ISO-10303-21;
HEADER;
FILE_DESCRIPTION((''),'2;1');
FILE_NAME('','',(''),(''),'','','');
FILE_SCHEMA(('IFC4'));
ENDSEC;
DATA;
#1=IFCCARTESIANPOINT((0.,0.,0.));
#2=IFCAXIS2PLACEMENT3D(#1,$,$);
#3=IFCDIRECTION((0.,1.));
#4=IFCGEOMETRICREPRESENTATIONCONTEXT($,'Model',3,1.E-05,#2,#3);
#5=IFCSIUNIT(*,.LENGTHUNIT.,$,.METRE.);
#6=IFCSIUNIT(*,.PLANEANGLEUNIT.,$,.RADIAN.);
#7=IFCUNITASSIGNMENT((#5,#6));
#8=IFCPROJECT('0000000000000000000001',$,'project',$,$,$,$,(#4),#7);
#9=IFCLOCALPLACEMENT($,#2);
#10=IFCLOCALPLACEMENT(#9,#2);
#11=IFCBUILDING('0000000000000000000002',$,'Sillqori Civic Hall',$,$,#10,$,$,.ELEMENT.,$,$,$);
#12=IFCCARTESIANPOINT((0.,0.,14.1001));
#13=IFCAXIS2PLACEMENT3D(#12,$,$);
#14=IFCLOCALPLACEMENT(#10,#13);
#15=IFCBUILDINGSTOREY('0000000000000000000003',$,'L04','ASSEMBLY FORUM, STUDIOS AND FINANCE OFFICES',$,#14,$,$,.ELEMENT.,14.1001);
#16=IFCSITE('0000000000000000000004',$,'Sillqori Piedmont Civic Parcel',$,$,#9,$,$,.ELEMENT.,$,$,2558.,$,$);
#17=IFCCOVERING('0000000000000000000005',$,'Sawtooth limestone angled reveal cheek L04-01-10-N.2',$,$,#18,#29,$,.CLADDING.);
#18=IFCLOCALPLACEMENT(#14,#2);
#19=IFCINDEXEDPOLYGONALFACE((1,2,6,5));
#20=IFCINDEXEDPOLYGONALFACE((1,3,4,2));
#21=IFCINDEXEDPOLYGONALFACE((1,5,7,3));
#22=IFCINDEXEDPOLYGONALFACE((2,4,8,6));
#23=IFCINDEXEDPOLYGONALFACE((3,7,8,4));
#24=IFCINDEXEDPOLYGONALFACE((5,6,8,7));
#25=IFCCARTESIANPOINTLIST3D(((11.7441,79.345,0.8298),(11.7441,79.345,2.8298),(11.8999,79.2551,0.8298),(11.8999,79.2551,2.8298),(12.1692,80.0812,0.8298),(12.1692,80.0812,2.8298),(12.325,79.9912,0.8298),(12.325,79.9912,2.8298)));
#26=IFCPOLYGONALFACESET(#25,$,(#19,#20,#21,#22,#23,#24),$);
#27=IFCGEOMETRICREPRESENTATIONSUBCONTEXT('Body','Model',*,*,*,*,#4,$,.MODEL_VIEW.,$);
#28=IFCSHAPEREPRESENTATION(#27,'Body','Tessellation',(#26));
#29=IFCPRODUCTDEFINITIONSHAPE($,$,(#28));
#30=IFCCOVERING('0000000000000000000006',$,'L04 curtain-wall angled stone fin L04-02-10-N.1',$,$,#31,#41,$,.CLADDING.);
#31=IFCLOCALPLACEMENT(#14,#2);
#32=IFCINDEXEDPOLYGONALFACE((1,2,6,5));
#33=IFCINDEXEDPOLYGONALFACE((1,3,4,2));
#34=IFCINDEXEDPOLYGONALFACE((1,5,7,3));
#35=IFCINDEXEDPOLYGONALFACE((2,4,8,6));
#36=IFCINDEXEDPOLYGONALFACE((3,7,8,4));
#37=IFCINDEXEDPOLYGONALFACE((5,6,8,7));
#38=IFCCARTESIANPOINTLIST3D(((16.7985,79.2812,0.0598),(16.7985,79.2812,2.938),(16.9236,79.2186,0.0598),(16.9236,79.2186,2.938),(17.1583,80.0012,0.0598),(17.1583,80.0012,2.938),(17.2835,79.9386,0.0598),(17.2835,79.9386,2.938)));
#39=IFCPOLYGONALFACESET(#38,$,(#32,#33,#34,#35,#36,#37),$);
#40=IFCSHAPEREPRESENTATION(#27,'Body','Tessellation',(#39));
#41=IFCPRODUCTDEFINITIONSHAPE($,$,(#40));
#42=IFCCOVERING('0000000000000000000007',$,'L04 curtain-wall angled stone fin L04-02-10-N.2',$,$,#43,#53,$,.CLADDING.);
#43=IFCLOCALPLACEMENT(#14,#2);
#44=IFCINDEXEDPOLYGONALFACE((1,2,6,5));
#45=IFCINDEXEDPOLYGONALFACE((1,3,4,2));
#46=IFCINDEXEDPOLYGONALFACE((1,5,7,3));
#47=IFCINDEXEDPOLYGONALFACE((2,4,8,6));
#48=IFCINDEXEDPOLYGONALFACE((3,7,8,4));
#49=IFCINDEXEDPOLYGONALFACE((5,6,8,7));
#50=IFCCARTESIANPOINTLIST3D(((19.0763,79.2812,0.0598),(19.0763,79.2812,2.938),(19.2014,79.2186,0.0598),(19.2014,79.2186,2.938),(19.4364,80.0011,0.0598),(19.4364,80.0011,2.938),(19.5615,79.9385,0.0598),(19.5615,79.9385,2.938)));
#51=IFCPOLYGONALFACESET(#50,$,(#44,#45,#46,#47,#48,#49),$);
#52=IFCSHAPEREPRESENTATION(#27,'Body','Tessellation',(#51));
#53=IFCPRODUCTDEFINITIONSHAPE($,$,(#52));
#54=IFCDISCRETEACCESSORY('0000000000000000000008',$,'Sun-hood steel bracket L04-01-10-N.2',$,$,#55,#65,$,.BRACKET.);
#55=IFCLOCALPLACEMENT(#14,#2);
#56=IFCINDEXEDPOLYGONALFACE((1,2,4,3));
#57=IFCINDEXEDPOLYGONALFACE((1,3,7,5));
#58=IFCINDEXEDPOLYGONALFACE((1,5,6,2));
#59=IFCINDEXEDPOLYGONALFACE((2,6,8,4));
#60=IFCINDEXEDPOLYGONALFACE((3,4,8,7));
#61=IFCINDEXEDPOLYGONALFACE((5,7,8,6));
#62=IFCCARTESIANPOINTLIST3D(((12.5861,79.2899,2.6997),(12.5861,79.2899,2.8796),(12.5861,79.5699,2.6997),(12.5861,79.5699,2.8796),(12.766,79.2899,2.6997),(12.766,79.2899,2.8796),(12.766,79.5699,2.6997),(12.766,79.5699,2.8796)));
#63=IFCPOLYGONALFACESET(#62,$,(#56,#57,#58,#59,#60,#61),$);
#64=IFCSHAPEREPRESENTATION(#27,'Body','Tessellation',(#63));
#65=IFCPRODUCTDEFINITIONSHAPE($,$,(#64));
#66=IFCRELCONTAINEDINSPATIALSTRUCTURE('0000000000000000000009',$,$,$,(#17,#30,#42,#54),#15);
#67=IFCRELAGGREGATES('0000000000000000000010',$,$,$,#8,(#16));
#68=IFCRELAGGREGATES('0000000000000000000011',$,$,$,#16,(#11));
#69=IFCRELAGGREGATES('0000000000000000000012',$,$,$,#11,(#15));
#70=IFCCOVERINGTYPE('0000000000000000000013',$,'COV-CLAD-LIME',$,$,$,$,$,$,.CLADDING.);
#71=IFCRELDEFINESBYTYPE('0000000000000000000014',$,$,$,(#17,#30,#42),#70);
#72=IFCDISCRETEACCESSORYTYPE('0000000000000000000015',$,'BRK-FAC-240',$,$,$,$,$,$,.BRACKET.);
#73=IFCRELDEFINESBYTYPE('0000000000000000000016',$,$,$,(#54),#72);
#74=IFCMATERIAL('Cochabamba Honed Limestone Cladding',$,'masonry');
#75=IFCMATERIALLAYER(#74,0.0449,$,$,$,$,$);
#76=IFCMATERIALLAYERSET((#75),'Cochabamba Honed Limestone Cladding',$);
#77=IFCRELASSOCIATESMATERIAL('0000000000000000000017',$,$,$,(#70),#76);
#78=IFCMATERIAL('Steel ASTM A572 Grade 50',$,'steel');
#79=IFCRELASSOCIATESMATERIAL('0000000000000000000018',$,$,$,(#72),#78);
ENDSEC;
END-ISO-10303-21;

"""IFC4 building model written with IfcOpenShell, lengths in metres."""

from ifc_helpers import new_model, si_unit, direction, frame, frame_2d, origin, origin_2d, place, context, subcontext, project, spatial, rectangle, extrude, material, layer, layer_set, type_object, element, save


model = new_model("IFC4")

# Units and contexts
model_context = context("Model", 3, precision=1e-05, world=origin(), true_north=direction((0.0, 1.0)))
body_context = subcontext(model_context, "Body", "Model", "MODEL_VIEW")
ifc_project = project(units=[si_unit("LENGTHUNIT", "METRE"), si_unit("PLANEANGLEUNIT", "RADIAN")], contexts=[model_context])

# Site, building, storey
site_placement = place(None, origin())
site = spatial("IfcSite", under=ifc_project, at=site_placement, Name="Sillqori Piedmont Civic Parcel", CompositionType="ELEMENT", RefElevation=2558.0)
building_placement = place(site_placement, origin())
building = spatial("IfcBuilding", under=site, at=building_placement, Name="Sillqori Civic Hall", CompositionType="ELEMENT")
storey_placement = place(building_placement, frame((0.0, 0.0, 14.1001)))
storey = spatial("IfcBuildingStorey", under=building, at=storey_placement, Name="L04", Description="ASSEMBLY FORUM, STUDIOS AND FINANCE OFFICES", CompositionType="ELEMENT", Elevation=14.1001)

# Coverings
ifc_material_1 = material(Name="Cochabamba Honed Limestone Cladding", Category="masonry")
ifc_layer_1 = layer(ifc_material_1, 0.0449)
ifc_layer_set_1 = layer_set([ifc_layer_1], Name="Cochabamba Honed Limestone Cladding")
covering_type = type_object("IfcCoveringType", Name="COV-CLAD-LIME", PredefinedType="CLADDING", material=ifc_layer_set_1)
covering_placement = place(storey_placement, frame((11.822, 79.3, 0.8298), z_axis=(0.0, 0.0, 1.0), x_axis=(0.500062, 0.865989, 0.0)))
element("IfcCovering", 1, at=covering_placement, inside=storey, type_object=covering_type, Name="Sawtooth limestone angled reveal cheek L04-01-10-N.2", PredefinedType="CLADDING", context=body_context, shape_type="SweptSolid", body=[
    extrude(rectangle(XDim=0.8501, YDim=0.1799, at=frame_2d((0.425, 0.0))), origin(), (0.0, 0.0, 1.0), 2.0),
])
for number, where, z_axis, x_axis, name in (
    (2, (16.8611, 79.25, 0.0598), (0.0, 0.0, 1.0), (0.447092, 0.894488, 0.0), "L04 curtain-wall angled stone fin L04-02-10-N.1"),
    (3, (19.1389, 79.25, 0.0598), (0.0, 0.0, 1.0), (0.447335, 0.894367, 0.0), "L04 curtain-wall angled stone fin L04-02-10-N.2"),
):
    element("IfcCovering", number, at=place(storey_placement, frame(where, z_axis=z_axis, x_axis=x_axis)), inside=storey, type_object=covering_type, Name=name, PredefinedType="CLADDING", context=body_context, shape_type="SweptSolid", body=[
        extrude(rectangle(XDim=0.8049, YDim=0.1399, at=frame_2d((0.4023, 0.0))), origin(), (0.0, 0.0, 1.0), 2.8782),
    ])

# Discrete accessory
ifc_material_2 = material(Name="Steel ASTM A572 Grade 50", Category="steel")
discrete_accessory_type = type_object("IfcDiscreteAccessoryType", Name="BRK-FAC-240", PredefinedType="BRACKET", material=ifc_material_2)
discrete_accessory_placement = place(storey_placement, frame((12.676, 79.4299, 2.6997), z_axis=(0.0, 0.0, 1.0), x_axis=(1.0, 0.0, 0.0)))
element("IfcDiscreteAccessory", 4, at=discrete_accessory_placement, inside=storey, type_object=discrete_accessory_type, Name="Sun-hood steel bracket L04-01-10-N.2", PredefinedType="BRACKET", context=body_context, shape_type="SweptSolid", body=[
    extrude(rectangle(XDim=0.1799, YDim=0.28, at=origin_2d()), origin(), (0.0, 0.0, 1.0), 0.1799),
])

save(model, "model.ifc")
